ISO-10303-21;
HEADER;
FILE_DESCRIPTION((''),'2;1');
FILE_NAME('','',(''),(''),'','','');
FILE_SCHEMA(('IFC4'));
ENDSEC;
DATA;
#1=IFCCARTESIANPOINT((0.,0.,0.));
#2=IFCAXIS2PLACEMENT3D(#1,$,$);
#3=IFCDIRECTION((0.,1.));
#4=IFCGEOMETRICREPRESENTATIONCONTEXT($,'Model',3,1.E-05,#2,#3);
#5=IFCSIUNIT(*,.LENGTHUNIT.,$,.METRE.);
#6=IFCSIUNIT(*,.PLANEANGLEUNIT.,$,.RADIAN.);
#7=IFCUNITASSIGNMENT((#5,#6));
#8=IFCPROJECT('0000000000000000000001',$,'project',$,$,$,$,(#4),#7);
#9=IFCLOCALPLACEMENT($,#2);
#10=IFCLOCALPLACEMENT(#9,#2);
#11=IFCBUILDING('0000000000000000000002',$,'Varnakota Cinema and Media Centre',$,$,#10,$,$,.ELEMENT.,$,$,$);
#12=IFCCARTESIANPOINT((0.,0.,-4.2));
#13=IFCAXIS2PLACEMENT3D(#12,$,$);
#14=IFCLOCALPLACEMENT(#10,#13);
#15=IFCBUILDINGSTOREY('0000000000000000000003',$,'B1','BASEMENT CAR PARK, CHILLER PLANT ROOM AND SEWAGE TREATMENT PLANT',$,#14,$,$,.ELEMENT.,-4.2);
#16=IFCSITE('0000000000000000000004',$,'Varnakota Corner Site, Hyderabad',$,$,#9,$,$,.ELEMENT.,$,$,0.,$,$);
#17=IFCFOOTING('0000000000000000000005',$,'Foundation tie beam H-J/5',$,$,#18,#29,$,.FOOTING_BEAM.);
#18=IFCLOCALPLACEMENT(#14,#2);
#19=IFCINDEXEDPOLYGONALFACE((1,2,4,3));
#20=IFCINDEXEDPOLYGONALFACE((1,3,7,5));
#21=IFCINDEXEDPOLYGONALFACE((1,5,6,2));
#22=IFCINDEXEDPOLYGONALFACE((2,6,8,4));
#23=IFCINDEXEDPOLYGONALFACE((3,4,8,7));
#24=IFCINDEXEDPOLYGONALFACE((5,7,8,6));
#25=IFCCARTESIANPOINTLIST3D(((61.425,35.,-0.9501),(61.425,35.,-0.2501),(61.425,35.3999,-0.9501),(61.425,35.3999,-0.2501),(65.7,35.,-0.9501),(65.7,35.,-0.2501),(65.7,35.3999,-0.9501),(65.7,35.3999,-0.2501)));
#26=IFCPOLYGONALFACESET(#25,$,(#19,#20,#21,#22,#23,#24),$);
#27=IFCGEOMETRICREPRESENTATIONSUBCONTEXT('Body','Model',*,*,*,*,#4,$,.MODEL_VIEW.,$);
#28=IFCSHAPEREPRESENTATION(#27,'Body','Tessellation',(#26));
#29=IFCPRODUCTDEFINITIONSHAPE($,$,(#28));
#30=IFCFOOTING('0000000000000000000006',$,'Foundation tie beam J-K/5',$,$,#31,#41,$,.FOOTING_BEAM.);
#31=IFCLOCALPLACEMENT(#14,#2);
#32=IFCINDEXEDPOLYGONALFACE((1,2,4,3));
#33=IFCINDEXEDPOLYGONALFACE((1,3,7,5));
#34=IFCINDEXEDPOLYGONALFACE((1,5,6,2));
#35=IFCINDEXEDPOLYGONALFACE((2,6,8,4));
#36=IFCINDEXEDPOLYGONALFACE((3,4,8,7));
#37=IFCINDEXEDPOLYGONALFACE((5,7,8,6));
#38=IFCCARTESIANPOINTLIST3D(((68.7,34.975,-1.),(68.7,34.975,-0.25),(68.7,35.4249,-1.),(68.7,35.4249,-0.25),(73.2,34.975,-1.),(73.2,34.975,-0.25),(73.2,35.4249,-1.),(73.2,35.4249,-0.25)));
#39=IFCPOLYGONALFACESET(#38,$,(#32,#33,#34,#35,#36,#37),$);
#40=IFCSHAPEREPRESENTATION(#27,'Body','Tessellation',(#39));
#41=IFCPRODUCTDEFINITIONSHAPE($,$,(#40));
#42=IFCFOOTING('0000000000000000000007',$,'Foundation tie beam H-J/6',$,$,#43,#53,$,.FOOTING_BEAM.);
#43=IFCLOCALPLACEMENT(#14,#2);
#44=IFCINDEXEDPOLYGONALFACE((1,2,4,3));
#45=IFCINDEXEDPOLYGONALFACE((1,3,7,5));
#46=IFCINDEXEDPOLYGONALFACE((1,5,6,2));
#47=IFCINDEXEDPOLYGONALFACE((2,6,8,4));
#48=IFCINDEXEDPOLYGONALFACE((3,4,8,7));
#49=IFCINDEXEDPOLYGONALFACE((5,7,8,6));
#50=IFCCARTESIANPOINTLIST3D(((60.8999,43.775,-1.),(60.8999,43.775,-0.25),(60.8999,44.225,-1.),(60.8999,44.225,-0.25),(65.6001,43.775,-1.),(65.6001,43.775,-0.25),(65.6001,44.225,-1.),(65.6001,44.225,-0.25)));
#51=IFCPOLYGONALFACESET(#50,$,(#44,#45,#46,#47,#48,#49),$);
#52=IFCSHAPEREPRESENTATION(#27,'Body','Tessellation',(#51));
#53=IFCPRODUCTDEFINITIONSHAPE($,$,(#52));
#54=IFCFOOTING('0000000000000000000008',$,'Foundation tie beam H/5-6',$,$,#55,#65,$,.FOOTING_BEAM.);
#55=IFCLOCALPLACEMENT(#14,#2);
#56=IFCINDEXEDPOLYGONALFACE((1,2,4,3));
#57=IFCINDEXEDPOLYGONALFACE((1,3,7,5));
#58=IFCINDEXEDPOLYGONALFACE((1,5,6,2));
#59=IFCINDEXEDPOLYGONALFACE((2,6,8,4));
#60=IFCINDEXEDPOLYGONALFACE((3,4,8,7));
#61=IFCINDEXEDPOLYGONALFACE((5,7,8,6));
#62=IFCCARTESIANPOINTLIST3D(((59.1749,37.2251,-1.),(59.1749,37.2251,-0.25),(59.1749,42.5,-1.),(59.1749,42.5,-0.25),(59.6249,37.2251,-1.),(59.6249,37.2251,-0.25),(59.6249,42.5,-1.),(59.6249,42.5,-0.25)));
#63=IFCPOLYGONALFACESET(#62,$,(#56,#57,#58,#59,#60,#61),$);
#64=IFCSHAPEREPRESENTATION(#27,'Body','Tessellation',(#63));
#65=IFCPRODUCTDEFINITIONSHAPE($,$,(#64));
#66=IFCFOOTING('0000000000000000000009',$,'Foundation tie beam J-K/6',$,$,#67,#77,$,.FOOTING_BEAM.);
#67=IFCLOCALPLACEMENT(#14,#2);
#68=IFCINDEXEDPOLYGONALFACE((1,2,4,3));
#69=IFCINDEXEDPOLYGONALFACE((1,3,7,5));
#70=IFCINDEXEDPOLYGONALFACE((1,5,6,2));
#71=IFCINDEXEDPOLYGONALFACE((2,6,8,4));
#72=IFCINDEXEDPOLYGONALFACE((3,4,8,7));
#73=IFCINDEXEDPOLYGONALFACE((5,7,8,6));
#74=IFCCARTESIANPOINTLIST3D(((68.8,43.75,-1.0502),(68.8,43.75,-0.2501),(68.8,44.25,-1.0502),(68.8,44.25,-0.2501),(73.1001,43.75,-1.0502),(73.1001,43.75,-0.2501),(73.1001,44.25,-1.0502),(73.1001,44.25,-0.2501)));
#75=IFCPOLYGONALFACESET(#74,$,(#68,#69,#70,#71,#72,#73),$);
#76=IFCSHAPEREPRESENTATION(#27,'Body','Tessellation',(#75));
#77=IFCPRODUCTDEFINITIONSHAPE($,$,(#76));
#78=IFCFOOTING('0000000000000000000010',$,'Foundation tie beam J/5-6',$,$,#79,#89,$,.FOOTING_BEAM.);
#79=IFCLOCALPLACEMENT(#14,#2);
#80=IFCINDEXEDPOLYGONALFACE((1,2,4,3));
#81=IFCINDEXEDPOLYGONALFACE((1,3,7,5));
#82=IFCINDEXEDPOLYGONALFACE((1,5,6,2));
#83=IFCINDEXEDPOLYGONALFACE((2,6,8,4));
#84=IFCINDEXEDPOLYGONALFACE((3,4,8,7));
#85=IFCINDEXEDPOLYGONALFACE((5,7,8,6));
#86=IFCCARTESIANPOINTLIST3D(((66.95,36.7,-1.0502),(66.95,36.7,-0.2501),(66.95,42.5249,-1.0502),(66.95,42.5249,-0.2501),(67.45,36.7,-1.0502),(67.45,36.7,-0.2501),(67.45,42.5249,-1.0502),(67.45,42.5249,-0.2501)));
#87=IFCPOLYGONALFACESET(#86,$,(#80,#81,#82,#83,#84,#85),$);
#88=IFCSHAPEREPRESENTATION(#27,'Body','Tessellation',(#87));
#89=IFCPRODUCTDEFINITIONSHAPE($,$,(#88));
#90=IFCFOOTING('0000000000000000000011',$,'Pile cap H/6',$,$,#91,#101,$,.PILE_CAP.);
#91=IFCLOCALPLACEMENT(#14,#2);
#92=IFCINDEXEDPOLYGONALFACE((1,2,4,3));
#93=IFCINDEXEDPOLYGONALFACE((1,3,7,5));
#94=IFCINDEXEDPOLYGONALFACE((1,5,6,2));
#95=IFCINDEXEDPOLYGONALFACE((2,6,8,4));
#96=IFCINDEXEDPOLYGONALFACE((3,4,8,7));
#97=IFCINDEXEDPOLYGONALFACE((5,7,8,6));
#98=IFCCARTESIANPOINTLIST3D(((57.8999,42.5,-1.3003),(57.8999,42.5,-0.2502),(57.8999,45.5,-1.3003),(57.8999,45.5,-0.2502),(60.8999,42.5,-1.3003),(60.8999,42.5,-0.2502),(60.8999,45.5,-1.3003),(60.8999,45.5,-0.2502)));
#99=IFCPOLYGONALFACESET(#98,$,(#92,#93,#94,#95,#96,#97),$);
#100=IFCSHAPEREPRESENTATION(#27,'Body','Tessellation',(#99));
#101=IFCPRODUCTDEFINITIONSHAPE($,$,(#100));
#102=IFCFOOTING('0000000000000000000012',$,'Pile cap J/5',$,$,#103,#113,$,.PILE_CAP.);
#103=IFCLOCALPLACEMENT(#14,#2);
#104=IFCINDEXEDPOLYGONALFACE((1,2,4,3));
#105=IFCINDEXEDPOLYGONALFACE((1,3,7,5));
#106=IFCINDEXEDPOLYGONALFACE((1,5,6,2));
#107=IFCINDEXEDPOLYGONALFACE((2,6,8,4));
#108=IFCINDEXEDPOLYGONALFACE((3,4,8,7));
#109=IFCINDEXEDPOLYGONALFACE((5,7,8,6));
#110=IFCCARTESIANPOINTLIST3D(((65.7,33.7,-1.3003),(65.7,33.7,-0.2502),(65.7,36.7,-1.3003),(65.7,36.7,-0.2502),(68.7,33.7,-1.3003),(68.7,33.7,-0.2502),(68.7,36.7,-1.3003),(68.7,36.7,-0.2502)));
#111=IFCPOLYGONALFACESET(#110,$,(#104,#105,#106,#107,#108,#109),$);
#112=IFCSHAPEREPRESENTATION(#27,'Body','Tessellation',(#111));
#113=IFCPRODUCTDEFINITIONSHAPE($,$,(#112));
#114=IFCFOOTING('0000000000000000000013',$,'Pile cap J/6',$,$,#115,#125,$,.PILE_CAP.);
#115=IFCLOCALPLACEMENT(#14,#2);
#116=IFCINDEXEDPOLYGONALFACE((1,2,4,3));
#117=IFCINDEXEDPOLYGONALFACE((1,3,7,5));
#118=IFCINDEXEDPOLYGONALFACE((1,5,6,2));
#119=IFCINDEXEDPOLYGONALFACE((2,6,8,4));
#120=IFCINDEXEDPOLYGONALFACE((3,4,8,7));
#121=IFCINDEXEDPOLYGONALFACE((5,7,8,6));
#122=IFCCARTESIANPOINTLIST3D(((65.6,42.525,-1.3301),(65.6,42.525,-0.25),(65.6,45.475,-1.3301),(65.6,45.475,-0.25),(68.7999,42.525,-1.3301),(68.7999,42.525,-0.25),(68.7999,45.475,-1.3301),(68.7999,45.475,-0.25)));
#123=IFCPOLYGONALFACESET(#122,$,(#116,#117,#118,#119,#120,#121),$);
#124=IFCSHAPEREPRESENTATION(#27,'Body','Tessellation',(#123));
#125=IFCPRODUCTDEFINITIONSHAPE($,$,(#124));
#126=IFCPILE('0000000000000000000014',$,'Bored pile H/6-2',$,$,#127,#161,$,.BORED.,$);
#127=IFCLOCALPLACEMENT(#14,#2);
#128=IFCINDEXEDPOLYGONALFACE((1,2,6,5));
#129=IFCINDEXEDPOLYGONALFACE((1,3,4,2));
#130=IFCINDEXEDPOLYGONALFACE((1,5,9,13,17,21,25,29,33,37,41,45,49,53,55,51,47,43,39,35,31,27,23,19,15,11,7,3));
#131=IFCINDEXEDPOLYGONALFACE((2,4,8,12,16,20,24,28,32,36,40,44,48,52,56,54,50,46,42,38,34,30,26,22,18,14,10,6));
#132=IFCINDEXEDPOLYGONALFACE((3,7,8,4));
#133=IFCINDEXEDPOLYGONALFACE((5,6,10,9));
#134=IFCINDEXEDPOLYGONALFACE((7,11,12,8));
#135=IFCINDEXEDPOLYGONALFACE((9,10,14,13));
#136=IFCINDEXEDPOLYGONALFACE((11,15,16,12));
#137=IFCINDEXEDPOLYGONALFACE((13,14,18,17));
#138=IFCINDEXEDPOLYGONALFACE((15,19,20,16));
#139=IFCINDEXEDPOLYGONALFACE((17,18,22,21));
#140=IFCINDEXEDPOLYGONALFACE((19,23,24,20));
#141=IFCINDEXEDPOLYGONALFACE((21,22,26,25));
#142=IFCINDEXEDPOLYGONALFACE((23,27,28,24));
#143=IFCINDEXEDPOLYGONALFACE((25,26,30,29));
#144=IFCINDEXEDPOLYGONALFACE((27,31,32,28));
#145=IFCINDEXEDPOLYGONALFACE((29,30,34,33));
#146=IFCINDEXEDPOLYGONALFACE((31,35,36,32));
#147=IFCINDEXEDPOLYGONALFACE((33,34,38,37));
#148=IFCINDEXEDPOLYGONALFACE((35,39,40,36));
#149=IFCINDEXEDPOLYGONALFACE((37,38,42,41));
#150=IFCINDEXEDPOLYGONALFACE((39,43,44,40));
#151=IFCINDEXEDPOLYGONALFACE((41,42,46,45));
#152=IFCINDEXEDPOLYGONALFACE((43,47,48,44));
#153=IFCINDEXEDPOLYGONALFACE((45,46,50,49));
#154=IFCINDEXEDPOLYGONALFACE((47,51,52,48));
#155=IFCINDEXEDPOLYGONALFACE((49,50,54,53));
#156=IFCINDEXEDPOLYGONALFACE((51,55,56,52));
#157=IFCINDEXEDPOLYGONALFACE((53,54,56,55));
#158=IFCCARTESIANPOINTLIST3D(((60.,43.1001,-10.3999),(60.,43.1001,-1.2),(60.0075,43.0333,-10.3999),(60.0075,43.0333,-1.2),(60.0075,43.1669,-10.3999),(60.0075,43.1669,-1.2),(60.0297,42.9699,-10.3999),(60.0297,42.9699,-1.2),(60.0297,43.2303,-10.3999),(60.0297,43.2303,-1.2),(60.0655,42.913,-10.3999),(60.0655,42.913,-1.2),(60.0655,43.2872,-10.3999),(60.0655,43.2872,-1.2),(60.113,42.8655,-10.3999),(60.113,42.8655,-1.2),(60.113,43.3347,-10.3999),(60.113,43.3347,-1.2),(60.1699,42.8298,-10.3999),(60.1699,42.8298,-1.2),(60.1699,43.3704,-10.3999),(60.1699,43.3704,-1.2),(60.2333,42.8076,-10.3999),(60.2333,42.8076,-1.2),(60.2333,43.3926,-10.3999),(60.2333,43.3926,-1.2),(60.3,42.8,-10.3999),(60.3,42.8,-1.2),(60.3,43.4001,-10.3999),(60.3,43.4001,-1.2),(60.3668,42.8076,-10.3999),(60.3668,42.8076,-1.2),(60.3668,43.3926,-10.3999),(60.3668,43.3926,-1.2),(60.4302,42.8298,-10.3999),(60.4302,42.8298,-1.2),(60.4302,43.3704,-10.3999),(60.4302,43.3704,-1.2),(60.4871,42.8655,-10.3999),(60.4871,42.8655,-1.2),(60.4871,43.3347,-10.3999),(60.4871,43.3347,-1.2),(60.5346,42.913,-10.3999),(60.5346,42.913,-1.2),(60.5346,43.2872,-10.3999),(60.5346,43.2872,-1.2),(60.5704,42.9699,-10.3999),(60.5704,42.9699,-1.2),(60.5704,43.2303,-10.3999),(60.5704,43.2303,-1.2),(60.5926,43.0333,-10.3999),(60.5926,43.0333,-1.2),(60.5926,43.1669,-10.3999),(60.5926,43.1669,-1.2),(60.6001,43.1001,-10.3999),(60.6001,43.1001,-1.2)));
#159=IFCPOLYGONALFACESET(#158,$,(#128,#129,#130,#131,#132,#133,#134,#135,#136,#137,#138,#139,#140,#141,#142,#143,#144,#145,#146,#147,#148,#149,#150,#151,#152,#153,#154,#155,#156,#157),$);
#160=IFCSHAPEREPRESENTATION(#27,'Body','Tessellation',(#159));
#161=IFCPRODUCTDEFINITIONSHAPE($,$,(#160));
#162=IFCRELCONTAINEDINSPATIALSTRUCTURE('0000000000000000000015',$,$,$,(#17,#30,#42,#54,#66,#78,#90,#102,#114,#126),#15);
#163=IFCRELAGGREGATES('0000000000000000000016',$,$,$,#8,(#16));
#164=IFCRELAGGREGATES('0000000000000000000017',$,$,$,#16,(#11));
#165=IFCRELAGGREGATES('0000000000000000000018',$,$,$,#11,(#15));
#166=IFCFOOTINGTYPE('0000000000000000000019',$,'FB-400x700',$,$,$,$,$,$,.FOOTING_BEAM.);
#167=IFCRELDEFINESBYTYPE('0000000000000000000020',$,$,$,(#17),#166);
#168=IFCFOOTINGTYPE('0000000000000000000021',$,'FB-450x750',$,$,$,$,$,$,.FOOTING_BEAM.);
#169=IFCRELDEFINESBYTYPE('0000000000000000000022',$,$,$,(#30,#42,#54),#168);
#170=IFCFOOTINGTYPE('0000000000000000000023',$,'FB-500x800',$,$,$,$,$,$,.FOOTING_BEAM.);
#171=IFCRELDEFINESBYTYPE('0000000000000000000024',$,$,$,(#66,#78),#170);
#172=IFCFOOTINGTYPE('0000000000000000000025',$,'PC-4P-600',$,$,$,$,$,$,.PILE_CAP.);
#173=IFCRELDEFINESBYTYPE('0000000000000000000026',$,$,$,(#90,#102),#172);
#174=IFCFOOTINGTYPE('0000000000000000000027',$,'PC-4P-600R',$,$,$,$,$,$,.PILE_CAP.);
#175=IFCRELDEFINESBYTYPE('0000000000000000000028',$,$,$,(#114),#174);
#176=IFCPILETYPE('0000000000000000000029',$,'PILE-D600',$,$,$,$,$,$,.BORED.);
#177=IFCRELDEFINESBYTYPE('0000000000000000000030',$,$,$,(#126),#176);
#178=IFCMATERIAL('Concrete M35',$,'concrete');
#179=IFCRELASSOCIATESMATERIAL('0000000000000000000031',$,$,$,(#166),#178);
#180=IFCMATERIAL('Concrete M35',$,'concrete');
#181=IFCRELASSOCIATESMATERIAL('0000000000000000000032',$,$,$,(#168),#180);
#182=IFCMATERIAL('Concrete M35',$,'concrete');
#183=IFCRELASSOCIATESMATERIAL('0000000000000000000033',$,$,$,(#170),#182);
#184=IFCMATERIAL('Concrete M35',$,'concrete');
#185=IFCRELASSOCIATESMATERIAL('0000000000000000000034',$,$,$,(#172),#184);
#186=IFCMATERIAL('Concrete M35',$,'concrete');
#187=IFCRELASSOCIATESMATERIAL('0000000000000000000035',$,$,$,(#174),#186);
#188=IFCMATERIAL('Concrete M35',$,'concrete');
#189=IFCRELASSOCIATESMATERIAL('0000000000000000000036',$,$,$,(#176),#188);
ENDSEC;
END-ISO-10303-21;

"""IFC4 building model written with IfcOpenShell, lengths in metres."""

from ifc_helpers import new_model, si_unit, direction, frame, origin, origin_2d, place, context, subcontext, project, spatial, rectangle, circle, extrude, material, material_profile, profile_set, type_object, element, save


model = new_model("IFC4")

# Units and contexts
model_context = context("Model", 3, precision=1e-05, world=origin(), true_north=direction((0.0, 1.0)))
body_context = subcontext(model_context, "Body", "Model", "MODEL_VIEW")
ifc_project = project(units=[si_unit("LENGTHUNIT", "METRE"), si_unit("PLANEANGLEUNIT", "RADIAN")], contexts=[model_context])

# Site, building, storey
site_placement = place(None, origin())
site = spatial("IfcSite", under=ifc_project, at=site_placement, Name="Varnakota Corner Site, Hyderabad", CompositionType="ELEMENT", RefElevation=0.0)
building_placement = place(site_placement, origin())
building = spatial("IfcBuilding", under=site, at=building_placement, Name="Varnakota Cinema and Media Centre", CompositionType="ELEMENT")
storey_placement = place(building_placement, frame((0.0, 0.0, -4.2)))
storey = spatial("IfcBuildingStorey", under=building, at=storey_placement, Name="B1", Description="BASEMENT CAR PARK, CHILLER PLANT ROOM AND SEWAGE TREATMENT PLANT", CompositionType="ELEMENT", Elevation=-4.2)

# Footings
ifc_material_1 = material(Name="Concrete M35", Category="concrete")
ifc_material_profile_1 = material_profile(ifc_material_1, rectangle(XDim=0.3999, YDim=0.7, at=origin_2d()), Name="FB 400x700")
ifc_profile_set_1 = profile_set([ifc_material_profile_1], Name="Concrete M35")
footing_type_1 = type_object("IfcFootingType", Name="FB-400x700", PredefinedType="FOOTING_BEAM", material=ifc_profile_set_1)
footing_1_placement = place(storey_placement, frame((61.425, 35.2, -0.6001), z_axis=(1.0, 0.0, 0.0), x_axis=(0.0, 1.0, 0.0)))
element("IfcFooting", 1, at=footing_1_placement, inside=storey, type_object=footing_type_1, Name="Foundation tie beam H-J/5", PredefinedType="FOOTING_BEAM", context=body_context, shape_type="SweptSolid", body=[
    extrude(rectangle(XDim=0.3999, YDim=0.7, at=origin_2d()), origin(), (0.0, 0.0, 1.0), 4.2749),
])
ifc_material_2 = material(Name="Concrete M35", Category="concrete")
ifc_material_profile_2 = material_profile(ifc_material_2, rectangle(XDim=0.45, YDim=0.75, at=origin_2d()), Name="FB 450x750")
ifc_profile_set_2 = profile_set([ifc_material_profile_2], Name="Concrete M35")
footing_type_2 = type_object("IfcFootingType", Name="FB-450x750", PredefinedType="FOOTING_BEAM", material=ifc_profile_set_2)
footing_2_placement = place(storey_placement, frame((68.7, 35.2, -0.625), z_axis=(1.0, 0.0, 0.0), x_axis=(0.0, 1.0, 0.0)))
element("IfcFooting", 2, at=footing_2_placement, inside=storey, type_object=footing_type_2, Name="Foundation tie beam J-K/5", PredefinedType="FOOTING_BEAM", context=body_context, shape_type="SweptSolid", body=[
    extrude(rectangle(XDim=0.45, YDim=0.75, at=origin_2d()), origin(), (0.0, 0.0, 1.0), 4.5),
])
footing_3_placement = place(storey_placement, frame((60.8999, 44.0, -0.625), z_axis=(1.0, 0.0, 0.0), x_axis=(0.0, 1.0, 0.0)))
element("IfcFooting", 3, at=footing_3_placement, inside=storey, type_object=footing_type_2, Name="Foundation tie beam H-J/6", PredefinedType="FOOTING_BEAM", context=body_context, shape_type="SweptSolid", body=[
    extrude(rectangle(XDim=0.45, YDim=0.75, at=origin_2d()), origin(), (0.0, 0.0, 1.0), 4.7002),
])
footing_4_placement = place(storey_placement, frame((59.3999, 37.2251, -0.625), z_axis=(0.0, 1.0, 0.0), x_axis=(-1.0, 0.0, 0.0)))
element("IfcFooting", 4, at=footing_4_placement, inside=storey, type_object=footing_type_2, Name="Foundation tie beam H/5-6", PredefinedType="FOOTING_BEAM", context=body_context, shape_type="SweptSolid", body=[
    extrude(rectangle(XDim=0.45, YDim=0.75, at=origin_2d()), origin(), (0.0, 0.0, 1.0), 5.2749),
])
ifc_material_3 = material(Name="Concrete M35", Category="concrete")
ifc_material_profile_3 = material_profile(ifc_material_3, rectangle(XDim=0.5, YDim=0.8, at=origin_2d()), Name="FB 500x800")
ifc_profile_set_3 = profile_set([ifc_material_profile_3], Name="Concrete M35")
footing_type_3 = type_object("IfcFootingType", Name="FB-500x800", PredefinedType="FOOTING_BEAM", material=ifc_profile_set_3)
footing_5_placement = place(storey_placement, frame((68.8, 44.0, -0.6501), z_axis=(1.0, 0.0, 0.0), x_axis=(0.0, 1.0, 0.0)))
element("IfcFooting", 5, at=footing_5_placement, inside=storey, type_object=footing_type_3, Name="Foundation tie beam J-K/6", PredefinedType="FOOTING_BEAM", context=body_context, shape_type="SweptSolid", body=[
    extrude(rectangle(XDim=0.5, YDim=0.8, at=origin_2d()), origin(), (0.0, 0.0, 1.0), 4.3),
])
footing_6_placement = place(storey_placement, frame((67.2, 36.7, -0.6501), z_axis=(0.0, 1.0, 0.0), x_axis=(-1.0, 0.0, 0.0)))
element("IfcFooting", 6, at=footing_6_placement, inside=storey, type_object=footing_type_3, Name="Foundation tie beam J/5-6", PredefinedType="FOOTING_BEAM", context=body_context, shape_type="SweptSolid", body=[
    extrude(rectangle(XDim=0.5, YDim=0.8, at=origin_2d()), origin(), (0.0, 0.0, 1.0), 5.825),
])
ifc_material_4 = material(Name="Concrete M35", Category="concrete")
footing_type_4 = type_object("IfcFootingType", Name="PC-4P-600", PredefinedType="PILE_CAP", material=ifc_material_4)
for number, where, z_axis, x_axis, name in (
    (7, (59.3999, 44.0, -1.3003), (0.0, 0.0, 1.0), (1.0, 0.0, 0.0), "Pile cap H/6"),
    (8, (67.2, 35.2, -1.3003), (0.0, 0.0, 1.0), (1.0, 0.0, 0.0), "Pile cap J/5"),
):
    element("IfcFooting", number, at=place(storey_placement, frame(where, z_axis=z_axis, x_axis=x_axis)), inside=storey, type_object=footing_type_4, Name=name, PredefinedType="PILE_CAP", context=body_context, shape_type="SweptSolid", body=[
        extrude(rectangle(XDim=3.0, YDim=3.0, at=origin_2d()), origin(), (0.0, 0.0, 1.0), 1.05),
    ])
ifc_material_5 = material(Name="Concrete M35", Category="concrete")
footing_type_5 = type_object("IfcFootingType", Name="PC-4P-600R", PredefinedType="PILE_CAP", material=ifc_material_5)
footing_7_placement = place(storey_placement, frame((67.2, 44.0, -1.3301), z_axis=(0.0, 0.0, 1.0), x_axis=(1.0, 0.0, 0.0)))
element("IfcFooting", 9, at=footing_7_placement, inside=storey, type_object=footing_type_5, Name="Pile cap J/6", PredefinedType="PILE_CAP", context=body_context, shape_type="SweptSolid", body=[
    extrude(rectangle(XDim=3.2, YDim=2.95, at=origin_2d()), origin(), (0.0, 0.0, 1.0), 1.0801),
])

# Pile
ifc_material_6 = material(Name="Concrete M35", Category="concrete")
ifc_material_profile_4 = material_profile(ifc_material_6, circle(Radius=0.3, at=origin_2d()), Name="PILE D600")
ifc_profile_set_4 = profile_set([ifc_material_profile_4], Name="Concrete M35")
pile_type_1 = type_object("IfcPileType", Name="PILE-D600", PredefinedType="BORED", material=ifc_profile_set_4)
for number, where, z_axis, x_axis, name in (
    (10, (60.3, 43.1001, -1.2), (0.0, 0.0, -1.0), (1.0, 0.0, 0.0), "Bored pile H/6-2"),
):
    element("IfcPile", number, at=place(storey_placement, frame(where, z_axis=z_axis, x_axis=x_axis)), inside=storey, type_object=pile_type_1, Name=name, PredefinedType="BORED", context=body_context, shape_type="SweptSolid", body=[
        extrude(circle(Radius=0.3, at=origin_2d()), origin(), (0.0, 0.0, 1.0), 9.2),
    ])

save(model, "model.ifc")
